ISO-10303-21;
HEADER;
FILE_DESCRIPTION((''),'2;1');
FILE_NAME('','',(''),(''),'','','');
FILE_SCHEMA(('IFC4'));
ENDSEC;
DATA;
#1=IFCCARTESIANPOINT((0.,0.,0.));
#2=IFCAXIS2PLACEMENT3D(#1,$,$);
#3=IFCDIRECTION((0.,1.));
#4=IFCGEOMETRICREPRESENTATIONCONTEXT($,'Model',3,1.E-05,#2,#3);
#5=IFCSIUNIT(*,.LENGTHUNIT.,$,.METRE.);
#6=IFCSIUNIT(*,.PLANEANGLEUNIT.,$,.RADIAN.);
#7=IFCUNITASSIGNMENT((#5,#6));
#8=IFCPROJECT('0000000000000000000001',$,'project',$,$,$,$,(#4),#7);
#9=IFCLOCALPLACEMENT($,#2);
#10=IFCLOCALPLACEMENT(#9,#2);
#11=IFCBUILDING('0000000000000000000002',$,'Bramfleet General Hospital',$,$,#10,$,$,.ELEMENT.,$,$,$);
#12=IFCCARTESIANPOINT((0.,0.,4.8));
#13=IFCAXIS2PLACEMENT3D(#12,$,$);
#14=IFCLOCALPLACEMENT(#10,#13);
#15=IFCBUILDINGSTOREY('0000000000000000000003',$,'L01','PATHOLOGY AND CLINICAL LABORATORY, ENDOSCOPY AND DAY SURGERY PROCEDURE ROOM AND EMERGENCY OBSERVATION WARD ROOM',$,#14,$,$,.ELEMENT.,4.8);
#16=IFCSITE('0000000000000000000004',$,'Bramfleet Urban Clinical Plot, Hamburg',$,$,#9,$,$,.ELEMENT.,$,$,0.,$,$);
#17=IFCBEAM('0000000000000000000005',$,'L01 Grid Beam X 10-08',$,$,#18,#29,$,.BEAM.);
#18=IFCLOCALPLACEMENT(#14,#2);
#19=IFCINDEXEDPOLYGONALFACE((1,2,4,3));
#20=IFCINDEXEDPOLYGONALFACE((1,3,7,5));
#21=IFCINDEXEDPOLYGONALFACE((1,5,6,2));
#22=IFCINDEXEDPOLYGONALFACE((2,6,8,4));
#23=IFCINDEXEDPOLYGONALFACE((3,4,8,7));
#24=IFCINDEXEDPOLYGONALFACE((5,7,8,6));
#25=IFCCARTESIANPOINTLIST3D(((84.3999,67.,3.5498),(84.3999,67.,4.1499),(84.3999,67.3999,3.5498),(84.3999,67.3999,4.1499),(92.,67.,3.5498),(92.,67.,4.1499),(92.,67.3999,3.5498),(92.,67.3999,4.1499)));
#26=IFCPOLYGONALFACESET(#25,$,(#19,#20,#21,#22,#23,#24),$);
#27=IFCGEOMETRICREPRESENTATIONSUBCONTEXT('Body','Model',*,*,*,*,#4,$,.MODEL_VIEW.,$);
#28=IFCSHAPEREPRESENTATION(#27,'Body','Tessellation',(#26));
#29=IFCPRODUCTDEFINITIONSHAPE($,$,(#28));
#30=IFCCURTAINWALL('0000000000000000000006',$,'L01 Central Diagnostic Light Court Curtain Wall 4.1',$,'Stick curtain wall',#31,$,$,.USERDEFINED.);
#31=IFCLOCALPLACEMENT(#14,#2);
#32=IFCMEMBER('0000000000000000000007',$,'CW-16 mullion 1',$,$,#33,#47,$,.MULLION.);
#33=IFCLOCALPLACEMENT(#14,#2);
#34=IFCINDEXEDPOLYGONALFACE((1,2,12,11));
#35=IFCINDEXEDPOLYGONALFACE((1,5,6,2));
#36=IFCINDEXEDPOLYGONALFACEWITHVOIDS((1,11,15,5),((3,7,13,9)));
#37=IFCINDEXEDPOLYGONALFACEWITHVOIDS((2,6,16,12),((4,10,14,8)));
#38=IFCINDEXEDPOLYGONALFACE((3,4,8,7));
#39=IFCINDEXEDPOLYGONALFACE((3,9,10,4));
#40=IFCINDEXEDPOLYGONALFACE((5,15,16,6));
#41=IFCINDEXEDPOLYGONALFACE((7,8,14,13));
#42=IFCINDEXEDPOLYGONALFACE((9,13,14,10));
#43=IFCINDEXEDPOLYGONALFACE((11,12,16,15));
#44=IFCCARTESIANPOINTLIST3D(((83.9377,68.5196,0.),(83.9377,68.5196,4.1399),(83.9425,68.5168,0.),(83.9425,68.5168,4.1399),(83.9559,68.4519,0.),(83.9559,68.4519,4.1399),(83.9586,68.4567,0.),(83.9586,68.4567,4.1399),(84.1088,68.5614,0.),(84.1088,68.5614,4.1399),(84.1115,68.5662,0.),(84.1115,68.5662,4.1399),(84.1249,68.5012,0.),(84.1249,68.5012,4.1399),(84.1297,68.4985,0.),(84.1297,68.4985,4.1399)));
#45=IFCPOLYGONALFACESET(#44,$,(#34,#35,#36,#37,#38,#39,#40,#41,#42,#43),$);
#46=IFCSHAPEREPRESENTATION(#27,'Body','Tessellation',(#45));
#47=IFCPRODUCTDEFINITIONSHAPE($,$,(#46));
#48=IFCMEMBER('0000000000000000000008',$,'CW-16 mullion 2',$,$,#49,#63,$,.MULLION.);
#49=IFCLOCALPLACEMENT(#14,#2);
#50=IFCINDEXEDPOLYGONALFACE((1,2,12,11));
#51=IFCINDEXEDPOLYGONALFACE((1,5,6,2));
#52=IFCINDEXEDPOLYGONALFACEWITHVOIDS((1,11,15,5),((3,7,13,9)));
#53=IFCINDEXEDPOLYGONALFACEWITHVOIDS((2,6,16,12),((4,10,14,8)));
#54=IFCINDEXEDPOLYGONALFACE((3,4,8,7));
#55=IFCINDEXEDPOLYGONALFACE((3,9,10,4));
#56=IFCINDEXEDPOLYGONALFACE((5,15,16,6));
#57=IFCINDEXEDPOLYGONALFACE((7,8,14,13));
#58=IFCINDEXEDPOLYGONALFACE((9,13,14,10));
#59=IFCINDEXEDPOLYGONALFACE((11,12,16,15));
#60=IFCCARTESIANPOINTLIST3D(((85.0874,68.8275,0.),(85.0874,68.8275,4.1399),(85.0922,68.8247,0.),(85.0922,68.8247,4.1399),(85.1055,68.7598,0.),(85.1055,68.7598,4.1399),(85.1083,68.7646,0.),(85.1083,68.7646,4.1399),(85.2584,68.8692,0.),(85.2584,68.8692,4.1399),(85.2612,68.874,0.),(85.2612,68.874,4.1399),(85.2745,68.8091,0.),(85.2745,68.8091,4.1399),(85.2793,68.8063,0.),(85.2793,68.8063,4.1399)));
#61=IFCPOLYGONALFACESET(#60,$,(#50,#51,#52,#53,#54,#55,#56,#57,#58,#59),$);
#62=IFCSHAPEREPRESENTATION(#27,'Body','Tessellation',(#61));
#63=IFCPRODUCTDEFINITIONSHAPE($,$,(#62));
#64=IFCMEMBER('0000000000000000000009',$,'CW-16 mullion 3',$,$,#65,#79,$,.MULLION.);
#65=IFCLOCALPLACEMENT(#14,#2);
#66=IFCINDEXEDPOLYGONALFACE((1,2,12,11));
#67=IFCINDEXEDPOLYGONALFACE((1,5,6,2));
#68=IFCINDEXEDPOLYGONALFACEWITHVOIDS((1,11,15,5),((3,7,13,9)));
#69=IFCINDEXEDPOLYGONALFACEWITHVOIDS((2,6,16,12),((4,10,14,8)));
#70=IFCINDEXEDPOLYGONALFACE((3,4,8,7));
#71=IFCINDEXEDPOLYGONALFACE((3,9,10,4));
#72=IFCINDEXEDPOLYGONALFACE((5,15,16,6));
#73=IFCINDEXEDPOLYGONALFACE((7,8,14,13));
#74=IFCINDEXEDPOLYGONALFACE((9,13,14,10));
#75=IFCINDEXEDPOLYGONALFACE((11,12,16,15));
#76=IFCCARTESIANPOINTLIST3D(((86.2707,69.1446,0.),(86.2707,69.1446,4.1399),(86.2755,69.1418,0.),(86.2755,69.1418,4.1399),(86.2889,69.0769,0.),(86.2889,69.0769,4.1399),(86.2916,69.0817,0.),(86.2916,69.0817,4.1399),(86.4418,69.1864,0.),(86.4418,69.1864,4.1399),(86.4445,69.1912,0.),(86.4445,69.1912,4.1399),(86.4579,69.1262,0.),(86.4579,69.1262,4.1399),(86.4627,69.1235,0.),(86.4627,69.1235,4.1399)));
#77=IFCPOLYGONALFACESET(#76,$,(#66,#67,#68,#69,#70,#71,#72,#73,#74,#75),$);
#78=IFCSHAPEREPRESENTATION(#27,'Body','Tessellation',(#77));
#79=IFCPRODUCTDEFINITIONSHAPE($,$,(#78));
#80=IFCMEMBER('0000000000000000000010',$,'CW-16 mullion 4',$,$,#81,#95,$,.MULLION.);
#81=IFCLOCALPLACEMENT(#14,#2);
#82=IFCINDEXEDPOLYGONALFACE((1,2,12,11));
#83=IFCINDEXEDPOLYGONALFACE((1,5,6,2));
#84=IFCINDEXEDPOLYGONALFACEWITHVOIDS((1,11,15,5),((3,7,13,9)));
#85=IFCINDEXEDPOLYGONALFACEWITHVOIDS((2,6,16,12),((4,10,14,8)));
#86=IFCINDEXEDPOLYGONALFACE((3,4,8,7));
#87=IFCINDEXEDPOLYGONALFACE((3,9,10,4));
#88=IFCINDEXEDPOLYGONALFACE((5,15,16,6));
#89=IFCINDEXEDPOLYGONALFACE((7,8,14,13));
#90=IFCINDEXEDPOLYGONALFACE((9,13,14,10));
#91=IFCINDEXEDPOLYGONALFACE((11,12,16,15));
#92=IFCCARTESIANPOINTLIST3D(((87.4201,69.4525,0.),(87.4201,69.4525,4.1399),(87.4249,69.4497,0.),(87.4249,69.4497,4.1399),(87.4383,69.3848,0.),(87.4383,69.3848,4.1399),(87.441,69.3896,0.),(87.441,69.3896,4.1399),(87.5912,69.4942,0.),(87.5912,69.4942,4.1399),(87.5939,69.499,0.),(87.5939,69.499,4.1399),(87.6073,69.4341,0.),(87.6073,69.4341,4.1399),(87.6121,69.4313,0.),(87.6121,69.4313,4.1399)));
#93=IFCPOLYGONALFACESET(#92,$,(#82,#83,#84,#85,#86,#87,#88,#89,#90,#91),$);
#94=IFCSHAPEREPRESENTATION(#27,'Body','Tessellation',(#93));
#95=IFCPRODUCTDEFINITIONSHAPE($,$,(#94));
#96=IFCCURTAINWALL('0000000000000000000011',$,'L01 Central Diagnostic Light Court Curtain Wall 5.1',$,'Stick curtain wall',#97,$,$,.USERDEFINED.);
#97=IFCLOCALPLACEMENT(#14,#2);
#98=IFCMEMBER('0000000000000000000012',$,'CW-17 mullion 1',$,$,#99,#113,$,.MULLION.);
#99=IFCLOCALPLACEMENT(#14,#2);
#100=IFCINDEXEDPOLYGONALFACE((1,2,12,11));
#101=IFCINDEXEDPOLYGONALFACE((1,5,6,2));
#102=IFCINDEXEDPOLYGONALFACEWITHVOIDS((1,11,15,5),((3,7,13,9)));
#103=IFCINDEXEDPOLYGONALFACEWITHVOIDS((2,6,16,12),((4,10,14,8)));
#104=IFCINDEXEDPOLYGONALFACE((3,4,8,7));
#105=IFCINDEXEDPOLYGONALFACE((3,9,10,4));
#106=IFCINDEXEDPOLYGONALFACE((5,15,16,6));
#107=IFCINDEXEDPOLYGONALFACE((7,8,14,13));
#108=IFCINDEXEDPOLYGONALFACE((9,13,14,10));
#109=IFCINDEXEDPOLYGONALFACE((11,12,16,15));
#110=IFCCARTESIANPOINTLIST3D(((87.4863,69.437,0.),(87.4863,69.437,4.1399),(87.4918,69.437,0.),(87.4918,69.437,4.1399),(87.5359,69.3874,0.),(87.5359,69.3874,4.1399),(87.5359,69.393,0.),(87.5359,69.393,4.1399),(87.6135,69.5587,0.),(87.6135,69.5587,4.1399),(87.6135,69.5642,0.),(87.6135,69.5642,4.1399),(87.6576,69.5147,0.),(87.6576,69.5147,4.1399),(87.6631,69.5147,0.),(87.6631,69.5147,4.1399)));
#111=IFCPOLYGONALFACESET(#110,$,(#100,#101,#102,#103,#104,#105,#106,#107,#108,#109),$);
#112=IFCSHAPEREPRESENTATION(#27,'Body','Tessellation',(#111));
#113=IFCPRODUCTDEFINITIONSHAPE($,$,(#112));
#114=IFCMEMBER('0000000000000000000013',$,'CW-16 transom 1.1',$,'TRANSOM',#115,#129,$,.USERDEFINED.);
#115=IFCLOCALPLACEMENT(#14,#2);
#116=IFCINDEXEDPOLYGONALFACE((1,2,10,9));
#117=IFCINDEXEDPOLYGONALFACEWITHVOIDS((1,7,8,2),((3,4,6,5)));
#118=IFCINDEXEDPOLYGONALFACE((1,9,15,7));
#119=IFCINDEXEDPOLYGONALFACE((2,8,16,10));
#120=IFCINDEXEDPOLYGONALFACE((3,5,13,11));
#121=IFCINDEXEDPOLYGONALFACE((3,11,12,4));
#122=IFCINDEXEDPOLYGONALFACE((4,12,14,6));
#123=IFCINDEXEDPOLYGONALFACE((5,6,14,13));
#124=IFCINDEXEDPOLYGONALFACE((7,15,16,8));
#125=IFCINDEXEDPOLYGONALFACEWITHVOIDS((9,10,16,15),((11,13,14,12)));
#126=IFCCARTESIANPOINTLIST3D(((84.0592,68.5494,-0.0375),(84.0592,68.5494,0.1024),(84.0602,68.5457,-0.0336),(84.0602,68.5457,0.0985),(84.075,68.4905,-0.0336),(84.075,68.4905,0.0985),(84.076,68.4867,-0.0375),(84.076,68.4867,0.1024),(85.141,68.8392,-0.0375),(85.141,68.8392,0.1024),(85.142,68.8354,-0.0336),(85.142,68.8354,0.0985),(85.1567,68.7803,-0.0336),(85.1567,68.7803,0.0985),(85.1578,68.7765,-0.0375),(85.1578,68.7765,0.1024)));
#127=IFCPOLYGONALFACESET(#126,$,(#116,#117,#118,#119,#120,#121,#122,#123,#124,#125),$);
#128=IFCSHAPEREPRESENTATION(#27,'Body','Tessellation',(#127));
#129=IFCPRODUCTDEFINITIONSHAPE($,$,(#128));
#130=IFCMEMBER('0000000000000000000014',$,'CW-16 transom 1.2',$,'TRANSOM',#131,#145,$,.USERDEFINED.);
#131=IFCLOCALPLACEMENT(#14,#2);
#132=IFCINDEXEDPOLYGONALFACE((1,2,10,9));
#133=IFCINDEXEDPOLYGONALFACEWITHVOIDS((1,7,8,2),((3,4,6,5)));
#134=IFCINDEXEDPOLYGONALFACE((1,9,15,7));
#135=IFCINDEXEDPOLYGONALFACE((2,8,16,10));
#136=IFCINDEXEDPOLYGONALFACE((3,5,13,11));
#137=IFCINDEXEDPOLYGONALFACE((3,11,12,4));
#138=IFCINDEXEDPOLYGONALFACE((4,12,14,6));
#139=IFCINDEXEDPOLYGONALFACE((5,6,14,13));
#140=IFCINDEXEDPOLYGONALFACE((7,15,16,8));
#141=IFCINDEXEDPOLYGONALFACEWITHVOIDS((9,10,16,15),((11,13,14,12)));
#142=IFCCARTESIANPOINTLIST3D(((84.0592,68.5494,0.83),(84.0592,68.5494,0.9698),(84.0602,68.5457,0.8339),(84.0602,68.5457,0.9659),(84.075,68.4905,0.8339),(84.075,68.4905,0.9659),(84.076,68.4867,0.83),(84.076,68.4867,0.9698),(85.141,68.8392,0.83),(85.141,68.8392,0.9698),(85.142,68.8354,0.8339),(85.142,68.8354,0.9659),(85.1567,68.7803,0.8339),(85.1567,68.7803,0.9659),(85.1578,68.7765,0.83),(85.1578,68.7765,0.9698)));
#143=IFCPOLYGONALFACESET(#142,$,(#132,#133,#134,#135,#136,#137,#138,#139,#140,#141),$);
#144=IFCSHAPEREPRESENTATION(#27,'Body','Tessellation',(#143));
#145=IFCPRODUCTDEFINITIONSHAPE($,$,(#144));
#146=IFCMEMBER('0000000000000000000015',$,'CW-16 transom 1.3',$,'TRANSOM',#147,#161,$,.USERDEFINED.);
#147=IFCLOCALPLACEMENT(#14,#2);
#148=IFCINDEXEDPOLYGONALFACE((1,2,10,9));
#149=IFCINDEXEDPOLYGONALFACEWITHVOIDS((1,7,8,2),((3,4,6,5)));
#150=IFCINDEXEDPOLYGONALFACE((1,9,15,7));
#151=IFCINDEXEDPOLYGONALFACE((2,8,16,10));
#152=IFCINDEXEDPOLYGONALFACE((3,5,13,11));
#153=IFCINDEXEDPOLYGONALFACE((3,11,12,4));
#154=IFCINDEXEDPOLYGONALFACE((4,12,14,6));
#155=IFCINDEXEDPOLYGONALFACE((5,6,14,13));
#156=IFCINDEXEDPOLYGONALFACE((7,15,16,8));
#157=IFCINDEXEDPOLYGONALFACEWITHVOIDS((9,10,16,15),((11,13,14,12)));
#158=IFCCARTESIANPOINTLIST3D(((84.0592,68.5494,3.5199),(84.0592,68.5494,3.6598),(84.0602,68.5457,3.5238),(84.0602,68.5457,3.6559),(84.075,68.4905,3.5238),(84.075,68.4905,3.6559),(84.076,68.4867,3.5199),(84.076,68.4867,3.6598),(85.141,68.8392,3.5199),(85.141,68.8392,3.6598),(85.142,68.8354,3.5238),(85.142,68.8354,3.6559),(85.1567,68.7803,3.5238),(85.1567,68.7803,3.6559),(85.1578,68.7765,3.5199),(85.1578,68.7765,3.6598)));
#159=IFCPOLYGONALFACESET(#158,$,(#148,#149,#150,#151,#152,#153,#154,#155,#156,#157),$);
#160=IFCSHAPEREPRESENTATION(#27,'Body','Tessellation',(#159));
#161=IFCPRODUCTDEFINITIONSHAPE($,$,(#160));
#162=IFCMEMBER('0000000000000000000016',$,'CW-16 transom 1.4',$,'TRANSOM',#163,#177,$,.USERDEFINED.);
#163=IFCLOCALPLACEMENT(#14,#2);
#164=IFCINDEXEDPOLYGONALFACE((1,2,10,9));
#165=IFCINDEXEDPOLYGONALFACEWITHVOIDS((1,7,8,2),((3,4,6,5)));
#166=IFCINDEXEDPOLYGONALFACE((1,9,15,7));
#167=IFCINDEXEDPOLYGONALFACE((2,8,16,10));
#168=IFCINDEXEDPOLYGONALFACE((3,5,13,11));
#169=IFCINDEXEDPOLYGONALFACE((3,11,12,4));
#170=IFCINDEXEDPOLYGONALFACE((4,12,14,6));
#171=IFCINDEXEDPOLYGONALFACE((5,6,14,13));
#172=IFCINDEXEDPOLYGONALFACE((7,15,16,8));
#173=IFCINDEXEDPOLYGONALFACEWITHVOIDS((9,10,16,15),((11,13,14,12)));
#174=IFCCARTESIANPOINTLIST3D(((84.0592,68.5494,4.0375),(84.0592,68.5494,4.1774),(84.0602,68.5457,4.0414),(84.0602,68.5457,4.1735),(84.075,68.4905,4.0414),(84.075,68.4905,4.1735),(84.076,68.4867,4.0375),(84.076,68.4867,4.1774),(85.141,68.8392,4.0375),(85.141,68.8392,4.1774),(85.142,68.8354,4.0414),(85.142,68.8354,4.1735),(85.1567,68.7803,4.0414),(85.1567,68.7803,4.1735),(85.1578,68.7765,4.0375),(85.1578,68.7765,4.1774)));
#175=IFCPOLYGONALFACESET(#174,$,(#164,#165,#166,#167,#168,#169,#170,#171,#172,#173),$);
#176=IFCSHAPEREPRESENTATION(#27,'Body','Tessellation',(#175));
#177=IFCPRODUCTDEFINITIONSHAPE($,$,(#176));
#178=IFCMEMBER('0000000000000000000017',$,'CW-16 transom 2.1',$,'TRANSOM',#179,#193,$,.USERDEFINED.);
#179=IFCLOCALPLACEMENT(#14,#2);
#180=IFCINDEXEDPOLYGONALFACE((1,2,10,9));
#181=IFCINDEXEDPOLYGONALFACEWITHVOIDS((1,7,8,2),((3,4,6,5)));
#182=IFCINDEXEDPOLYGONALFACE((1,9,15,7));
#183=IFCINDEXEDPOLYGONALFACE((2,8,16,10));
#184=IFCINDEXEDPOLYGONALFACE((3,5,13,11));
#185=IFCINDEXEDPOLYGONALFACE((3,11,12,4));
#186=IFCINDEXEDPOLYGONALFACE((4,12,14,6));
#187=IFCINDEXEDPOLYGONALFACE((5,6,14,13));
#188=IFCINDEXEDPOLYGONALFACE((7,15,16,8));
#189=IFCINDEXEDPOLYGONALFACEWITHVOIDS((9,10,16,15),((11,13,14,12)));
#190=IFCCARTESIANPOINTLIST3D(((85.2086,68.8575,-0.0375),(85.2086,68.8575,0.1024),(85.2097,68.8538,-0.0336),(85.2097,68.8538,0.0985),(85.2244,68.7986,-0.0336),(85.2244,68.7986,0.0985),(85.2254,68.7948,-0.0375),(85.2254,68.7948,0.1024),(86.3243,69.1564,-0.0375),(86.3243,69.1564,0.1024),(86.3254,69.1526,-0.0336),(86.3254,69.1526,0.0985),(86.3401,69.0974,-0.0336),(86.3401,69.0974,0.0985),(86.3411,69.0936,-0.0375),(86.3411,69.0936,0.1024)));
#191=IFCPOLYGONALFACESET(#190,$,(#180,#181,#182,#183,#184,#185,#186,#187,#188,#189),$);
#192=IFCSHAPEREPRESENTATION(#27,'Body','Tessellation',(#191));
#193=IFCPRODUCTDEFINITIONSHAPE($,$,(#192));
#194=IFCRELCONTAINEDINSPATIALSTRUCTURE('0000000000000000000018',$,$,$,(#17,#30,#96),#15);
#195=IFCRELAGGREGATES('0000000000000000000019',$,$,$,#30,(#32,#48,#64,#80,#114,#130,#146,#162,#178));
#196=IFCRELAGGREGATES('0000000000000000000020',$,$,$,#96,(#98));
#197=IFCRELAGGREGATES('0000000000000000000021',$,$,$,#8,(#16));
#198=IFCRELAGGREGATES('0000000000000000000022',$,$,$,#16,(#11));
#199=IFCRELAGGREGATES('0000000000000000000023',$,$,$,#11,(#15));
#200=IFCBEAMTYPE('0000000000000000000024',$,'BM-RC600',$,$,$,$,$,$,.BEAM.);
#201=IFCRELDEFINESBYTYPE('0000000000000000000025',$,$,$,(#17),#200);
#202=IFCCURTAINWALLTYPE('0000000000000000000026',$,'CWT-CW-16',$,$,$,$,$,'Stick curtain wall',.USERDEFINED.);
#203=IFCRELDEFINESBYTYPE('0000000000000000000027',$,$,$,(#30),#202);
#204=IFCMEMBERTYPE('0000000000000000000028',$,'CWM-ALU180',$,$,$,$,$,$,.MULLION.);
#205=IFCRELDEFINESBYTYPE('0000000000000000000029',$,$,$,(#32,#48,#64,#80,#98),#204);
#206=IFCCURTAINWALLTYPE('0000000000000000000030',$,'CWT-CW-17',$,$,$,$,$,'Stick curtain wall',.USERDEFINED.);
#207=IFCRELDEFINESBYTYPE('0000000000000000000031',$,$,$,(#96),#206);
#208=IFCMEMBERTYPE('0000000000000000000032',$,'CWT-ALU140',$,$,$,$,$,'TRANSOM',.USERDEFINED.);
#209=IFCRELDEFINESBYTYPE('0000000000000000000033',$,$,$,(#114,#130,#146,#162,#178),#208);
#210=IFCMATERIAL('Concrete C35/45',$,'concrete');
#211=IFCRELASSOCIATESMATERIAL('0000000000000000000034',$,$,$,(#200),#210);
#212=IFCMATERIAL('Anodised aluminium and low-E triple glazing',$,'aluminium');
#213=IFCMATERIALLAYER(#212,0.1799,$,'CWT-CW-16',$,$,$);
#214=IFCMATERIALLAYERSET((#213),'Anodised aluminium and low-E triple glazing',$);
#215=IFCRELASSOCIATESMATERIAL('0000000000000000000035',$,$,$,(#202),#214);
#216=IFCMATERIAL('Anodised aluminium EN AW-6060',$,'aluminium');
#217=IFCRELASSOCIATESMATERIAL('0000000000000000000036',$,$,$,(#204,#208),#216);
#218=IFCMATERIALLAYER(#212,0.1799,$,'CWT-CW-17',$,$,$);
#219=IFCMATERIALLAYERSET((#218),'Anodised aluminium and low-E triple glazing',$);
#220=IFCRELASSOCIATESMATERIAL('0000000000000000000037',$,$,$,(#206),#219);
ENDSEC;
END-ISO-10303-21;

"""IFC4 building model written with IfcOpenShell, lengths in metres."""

from ifc_helpers import new_model, si_unit, direction, frame, origin, origin_2d, place, context, subcontext, project, spatial, rectangle, hollow_rectangle, extrude, material, layer, layer_set, material_profile, profile_set, type_object, element, aggregate, save


model = new_model("IFC4")

# Units and contexts
model_context = context("Model", 3, precision=1e-05, world=origin(), true_north=direction((0.0, 1.0)))
body_context = subcontext(model_context, "Body", "Model", "MODEL_VIEW")
ifc_project = project(units=[si_unit("LENGTHUNIT", "METRE"), si_unit("PLANEANGLEUNIT", "RADIAN")], contexts=[model_context])

# Site, building, storey
site_placement = place(None, origin())
site = spatial("IfcSite", under=ifc_project, at=site_placement, Name="Bramfleet Urban Clinical Plot, Hamburg", CompositionType="ELEMENT", RefElevation=0.0)
building_placement = place(site_placement, origin())
building = spatial("IfcBuilding", under=site, at=building_placement, Name="Bramfleet General Hospital", CompositionType="ELEMENT")
storey_placement = place(building_placement, frame((0.0, 0.0, 4.8)))
storey = spatial("IfcBuildingStorey", under=building, at=storey_placement, Name="L01", Description="PATHOLOGY AND CLINICAL LABORATORY, ENDOSCOPY AND DAY SURGERY PROCEDURE ROOM AND EMERGENCY OBSERVATION WARD ROOM", CompositionType="ELEMENT", Elevation=4.8)

# Beam
ifc_material_1 = material(Name="Concrete C35/45", Category="concrete")
ifc_material_profile_1 = material_profile(ifc_material_1, rectangle(XDim=0.3999, YDim=0.6001, at=origin_2d()), Name="RC BM 600x400")
ifc_profile_set_1 = profile_set([ifc_material_profile_1], Name="Concrete C35/45")
beam_type = type_object("IfcBeamType", Name="BM-RC600", PredefinedType="BEAM", material=ifc_profile_set_1)
beam_placement = place(storey_placement, frame((84.3999, 67.2, 3.8499), z_axis=(1.0, 0.0, 0.0), x_axis=(0.0, 1.0, 0.0)))
element("IfcBeam", 1, at=beam_placement, inside=storey, type_object=beam_type, Name="L01 Grid Beam X 10-08", PredefinedType="BEAM", context=body_context, shape_type="SweptSolid", body=[
    extrude(rectangle(XDim=0.3999, YDim=0.6001, at=origin_2d()), origin(), (0.0, 0.0, 1.0), 7.6001),
])

# Curtain wall, members
ifc_material_2 = material(Name="Anodised aluminium and low-E triple glazing", Category="aluminium")
ifc_layer_1 = layer(ifc_material_2, 0.1799, Name="CWT-CW-16")
ifc_layer_set_1 = layer_set([ifc_layer_1], Name="Anodised aluminium and low-E triple glazing")
curtain_wall_type_1 = type_object("IfcCurtainWallType", Name="CWT-CW-16", ElementType="Stick curtain wall", PredefinedType="USERDEFINED", material=ifc_layer_set_1)
curtain_wall_1_placement = place(storey_placement, origin())
curtain_wall_1 = element("IfcCurtainWall", 2, at=curtain_wall_1_placement, inside=storey, type_object=curtain_wall_type_1, Name="L01 Central Diagnostic Light Court Curtain Wall 4.1", ObjectType="Stick curtain wall", PredefinedType="USERDEFINED")
ifc_material_3 = material(Name="Anodised aluminium EN AW-6060", Category="aluminium")
ifc_material_profile_2 = material_profile(ifc_material_3, hollow_rectangle(XDim=0.0701, YDim=0.1799, WallThickness=0.0039, at=origin_2d()), Name="ALU 180x70x4.0")
ifc_profile_set_2 = profile_set([ifc_material_profile_2], Name="Anodised aluminium EN AW-6060")
member_type_1 = type_object("IfcMemberType", Name="CWM-ALU180", PredefinedType="MULLION", material=ifc_profile_set_2)
member_1_placement = place(storey_placement, frame((84.0337, 68.509, 0.0), z_axis=(0.0, 0.0, 1.0), x_axis=(-0.258763, 0.965941, 0.0)))
member_1 = element("IfcMember", 3, at=member_1_placement, type_object=member_type_1, Name="CW-16 mullion 1", PredefinedType="MULLION", context=body_context, shape_type="SweptSolid", body=[
    extrude(hollow_rectangle(XDim=0.0701, YDim=0.1799, WallThickness=0.0039, at=origin_2d()), origin(), (0.0, 0.0, 1.0), 4.1399),
])
member_2_placement = place(storey_placement, frame((85.1833, 68.8169, 0.0), z_axis=(0.0, 0.0, 1.0), x_axis=(-0.258763, 0.965941, 0.0)))
member_2 = element("IfcMember", 4, at=member_2_placement, type_object=member_type_1, Name="CW-16 mullion 2", PredefinedType="MULLION", context=body_context, shape_type="SweptSolid", body=[
    extrude(hollow_rectangle(XDim=0.0701, YDim=0.1799, WallThickness=0.0039, at=origin_2d()), origin(), (0.0, 0.0, 1.0), 4.1399),
])
member_3_placement = place(storey_placement, frame((86.3667, 69.134, 0.0), z_axis=(0.0, 0.0, 1.0), x_axis=(-0.258763, 0.965941, 0.0)))
member_3 = element("IfcMember", 5, at=member_3_placement, type_object=member_type_1, Name="CW-16 mullion 3", PredefinedType="MULLION", context=body_context, shape_type="SweptSolid", body=[
    extrude(hollow_rectangle(XDim=0.0701, YDim=0.1799, WallThickness=0.0039, at=origin_2d()), origin(), (0.0, 0.0, 1.0), 4.1399),
])
member_4_placement = place(storey_placement, frame((87.5161, 69.4419, 0.0), z_axis=(0.0, 0.0, 1.0), x_axis=(-0.258763, 0.965941, 0.0)))
member_4 = element("IfcMember", 6, at=member_4_placement, type_object=member_type_1, Name="CW-16 mullion 4", PredefinedType="MULLION", context=body_context, shape_type="SweptSolid", body=[
    extrude(hollow_rectangle(XDim=0.0701, YDim=0.1799, WallThickness=0.0039, at=origin_2d()), origin(), (0.0, 0.0, 1.0), 4.1399),
])

# Curtain wall, member
ifc_layer_2 = layer(ifc_material_2, 0.1799, Name="CWT-CW-17")
ifc_layer_set_2 = layer_set([ifc_layer_2], Name="Anodised aluminium and low-E triple glazing")
curtain_wall_type_2 = type_object("IfcCurtainWallType", Name="CWT-CW-17", ElementType="Stick curtain wall", PredefinedType="USERDEFINED", material=ifc_layer_set_2)
curtain_wall_2_placement = place(storey_placement, origin())
curtain_wall_2 = element("IfcCurtainWall", 7, at=curtain_wall_2_placement, inside=storey, type_object=curtain_wall_type_2, Name="L01 Central Diagnostic Light Court Curtain Wall 5.1", ObjectType="Stick curtain wall", PredefinedType="USERDEFINED")
member_5_placement = place(storey_placement, frame((87.5747, 69.4758, 0.0), z_axis=(0.0, 0.0, 1.0), x_axis=(-0.707107, 0.707107, 0.0)))
member_5 = element("IfcMember", 8, at=member_5_placement, type_object=member_type_1, Name="CW-17 mullion 1", PredefinedType="MULLION", context=body_context, shape_type="SweptSolid", body=[
    extrude(hollow_rectangle(XDim=0.0701, YDim=0.1799, WallThickness=0.0039, at=origin_2d()), origin(), (0.0, 0.0, 1.0), 4.1399),
])

# Members
ifc_material_profile_3 = material_profile(ifc_material_3, hollow_rectangle(XDim=0.0649, YDim=0.1399, WallThickness=0.0039, at=origin_2d()), Name="ALU 140x65x4.0")
ifc_profile_set_3 = profile_set([ifc_material_profile_3], Name="Anodised aluminium EN AW-6060")
member_type_2 = type_object("IfcMemberType", Name="CWT-ALU140", ElementType="TRANSOM", PredefinedType="USERDEFINED", material=ifc_profile_set_3)
member_6_placement = place(storey_placement, frame((84.0676, 68.5181, 0.0325), z_axis=(0.965941, 0.258762, 0.0), x_axis=(-0.258762, 0.965941, 0.0)))
member_6 = element("IfcMember", 9, at=member_6_placement, type_object=member_type_2, Name="CW-16 transom 1.1", ObjectType="TRANSOM", PredefinedType="USERDEFINED", context=body_context, shape_type="SweptSolid", body=[
    extrude(hollow_rectangle(XDim=0.0649, YDim=0.1399, WallThickness=0.0039, at=origin_2d()), origin(), (0.0, 0.0, 1.0), 1.1199),
])
member_7_placement = place(storey_placement, frame((84.0676, 68.5181, 0.8999), z_axis=(0.965941, 0.258762, 0.0), x_axis=(-0.258762, 0.965941, 0.0)))
member_7 = element("IfcMember", 10, at=member_7_placement, type_object=member_type_2, Name="CW-16 transom 1.2", ObjectType="TRANSOM", PredefinedType="USERDEFINED", context=body_context, shape_type="SweptSolid", body=[
    extrude(hollow_rectangle(XDim=0.0649, YDim=0.1399, WallThickness=0.0039, at=origin_2d()), origin(), (0.0, 0.0, 1.0), 1.1199),
])
member_8_placement = place(storey_placement, frame((84.0676, 68.5181, 3.5898), z_axis=(0.965941, 0.258762, 0.0), x_axis=(-0.258762, 0.965941, 0.0)))
member_8 = element("IfcMember", 11, at=member_8_placement, type_object=member_type_2, Name="CW-16 transom 1.3", ObjectType="TRANSOM", PredefinedType="USERDEFINED", context=body_context, shape_type="SweptSolid", body=[
    extrude(hollow_rectangle(XDim=0.0649, YDim=0.1399, WallThickness=0.0039, at=origin_2d()), origin(), (0.0, 0.0, 1.0), 1.1199),
])
member_9_placement = place(storey_placement, frame((84.0676, 68.5181, 4.1074), z_axis=(0.965941, 0.258762, 0.0), x_axis=(-0.258762, 0.965941, 0.0)))
member_9 = element("IfcMember", 12, at=member_9_placement, type_object=member_type_2, Name="CW-16 transom 1.4", ObjectType="TRANSOM", PredefinedType="USERDEFINED", context=body_context, shape_type="SweptSolid", body=[
    extrude(hollow_rectangle(XDim=0.0649, YDim=0.1399, WallThickness=0.0039, at=origin_2d()), origin(), (0.0, 0.0, 1.0), 1.1199),
])
member_10_placement = place(storey_placement, frame((85.217, 68.8262, 0.0325), z_axis=(0.965954, 0.258715, 0.0), x_axis=(-0.258715, 0.965954, 0.0)))
member_10 = element("IfcMember", 13, at=member_10_placement, type_object=member_type_2, Name="CW-16 transom 2.1", ObjectType="TRANSOM", PredefinedType="USERDEFINED", context=body_context, shape_type="SweptSolid", body=[
    extrude(hollow_rectangle(XDim=0.0649, YDim=0.1399, WallThickness=0.0039, at=origin_2d()), origin(), (0.0, 0.0, 1.0), 1.155),
])

aggregate(curtain_wall_1, [member_1, member_2, member_3, member_4, member_6, member_7, member_8, member_9, member_10])
aggregate(curtain_wall_2, [member_5])

save(model, "model.ifc")
